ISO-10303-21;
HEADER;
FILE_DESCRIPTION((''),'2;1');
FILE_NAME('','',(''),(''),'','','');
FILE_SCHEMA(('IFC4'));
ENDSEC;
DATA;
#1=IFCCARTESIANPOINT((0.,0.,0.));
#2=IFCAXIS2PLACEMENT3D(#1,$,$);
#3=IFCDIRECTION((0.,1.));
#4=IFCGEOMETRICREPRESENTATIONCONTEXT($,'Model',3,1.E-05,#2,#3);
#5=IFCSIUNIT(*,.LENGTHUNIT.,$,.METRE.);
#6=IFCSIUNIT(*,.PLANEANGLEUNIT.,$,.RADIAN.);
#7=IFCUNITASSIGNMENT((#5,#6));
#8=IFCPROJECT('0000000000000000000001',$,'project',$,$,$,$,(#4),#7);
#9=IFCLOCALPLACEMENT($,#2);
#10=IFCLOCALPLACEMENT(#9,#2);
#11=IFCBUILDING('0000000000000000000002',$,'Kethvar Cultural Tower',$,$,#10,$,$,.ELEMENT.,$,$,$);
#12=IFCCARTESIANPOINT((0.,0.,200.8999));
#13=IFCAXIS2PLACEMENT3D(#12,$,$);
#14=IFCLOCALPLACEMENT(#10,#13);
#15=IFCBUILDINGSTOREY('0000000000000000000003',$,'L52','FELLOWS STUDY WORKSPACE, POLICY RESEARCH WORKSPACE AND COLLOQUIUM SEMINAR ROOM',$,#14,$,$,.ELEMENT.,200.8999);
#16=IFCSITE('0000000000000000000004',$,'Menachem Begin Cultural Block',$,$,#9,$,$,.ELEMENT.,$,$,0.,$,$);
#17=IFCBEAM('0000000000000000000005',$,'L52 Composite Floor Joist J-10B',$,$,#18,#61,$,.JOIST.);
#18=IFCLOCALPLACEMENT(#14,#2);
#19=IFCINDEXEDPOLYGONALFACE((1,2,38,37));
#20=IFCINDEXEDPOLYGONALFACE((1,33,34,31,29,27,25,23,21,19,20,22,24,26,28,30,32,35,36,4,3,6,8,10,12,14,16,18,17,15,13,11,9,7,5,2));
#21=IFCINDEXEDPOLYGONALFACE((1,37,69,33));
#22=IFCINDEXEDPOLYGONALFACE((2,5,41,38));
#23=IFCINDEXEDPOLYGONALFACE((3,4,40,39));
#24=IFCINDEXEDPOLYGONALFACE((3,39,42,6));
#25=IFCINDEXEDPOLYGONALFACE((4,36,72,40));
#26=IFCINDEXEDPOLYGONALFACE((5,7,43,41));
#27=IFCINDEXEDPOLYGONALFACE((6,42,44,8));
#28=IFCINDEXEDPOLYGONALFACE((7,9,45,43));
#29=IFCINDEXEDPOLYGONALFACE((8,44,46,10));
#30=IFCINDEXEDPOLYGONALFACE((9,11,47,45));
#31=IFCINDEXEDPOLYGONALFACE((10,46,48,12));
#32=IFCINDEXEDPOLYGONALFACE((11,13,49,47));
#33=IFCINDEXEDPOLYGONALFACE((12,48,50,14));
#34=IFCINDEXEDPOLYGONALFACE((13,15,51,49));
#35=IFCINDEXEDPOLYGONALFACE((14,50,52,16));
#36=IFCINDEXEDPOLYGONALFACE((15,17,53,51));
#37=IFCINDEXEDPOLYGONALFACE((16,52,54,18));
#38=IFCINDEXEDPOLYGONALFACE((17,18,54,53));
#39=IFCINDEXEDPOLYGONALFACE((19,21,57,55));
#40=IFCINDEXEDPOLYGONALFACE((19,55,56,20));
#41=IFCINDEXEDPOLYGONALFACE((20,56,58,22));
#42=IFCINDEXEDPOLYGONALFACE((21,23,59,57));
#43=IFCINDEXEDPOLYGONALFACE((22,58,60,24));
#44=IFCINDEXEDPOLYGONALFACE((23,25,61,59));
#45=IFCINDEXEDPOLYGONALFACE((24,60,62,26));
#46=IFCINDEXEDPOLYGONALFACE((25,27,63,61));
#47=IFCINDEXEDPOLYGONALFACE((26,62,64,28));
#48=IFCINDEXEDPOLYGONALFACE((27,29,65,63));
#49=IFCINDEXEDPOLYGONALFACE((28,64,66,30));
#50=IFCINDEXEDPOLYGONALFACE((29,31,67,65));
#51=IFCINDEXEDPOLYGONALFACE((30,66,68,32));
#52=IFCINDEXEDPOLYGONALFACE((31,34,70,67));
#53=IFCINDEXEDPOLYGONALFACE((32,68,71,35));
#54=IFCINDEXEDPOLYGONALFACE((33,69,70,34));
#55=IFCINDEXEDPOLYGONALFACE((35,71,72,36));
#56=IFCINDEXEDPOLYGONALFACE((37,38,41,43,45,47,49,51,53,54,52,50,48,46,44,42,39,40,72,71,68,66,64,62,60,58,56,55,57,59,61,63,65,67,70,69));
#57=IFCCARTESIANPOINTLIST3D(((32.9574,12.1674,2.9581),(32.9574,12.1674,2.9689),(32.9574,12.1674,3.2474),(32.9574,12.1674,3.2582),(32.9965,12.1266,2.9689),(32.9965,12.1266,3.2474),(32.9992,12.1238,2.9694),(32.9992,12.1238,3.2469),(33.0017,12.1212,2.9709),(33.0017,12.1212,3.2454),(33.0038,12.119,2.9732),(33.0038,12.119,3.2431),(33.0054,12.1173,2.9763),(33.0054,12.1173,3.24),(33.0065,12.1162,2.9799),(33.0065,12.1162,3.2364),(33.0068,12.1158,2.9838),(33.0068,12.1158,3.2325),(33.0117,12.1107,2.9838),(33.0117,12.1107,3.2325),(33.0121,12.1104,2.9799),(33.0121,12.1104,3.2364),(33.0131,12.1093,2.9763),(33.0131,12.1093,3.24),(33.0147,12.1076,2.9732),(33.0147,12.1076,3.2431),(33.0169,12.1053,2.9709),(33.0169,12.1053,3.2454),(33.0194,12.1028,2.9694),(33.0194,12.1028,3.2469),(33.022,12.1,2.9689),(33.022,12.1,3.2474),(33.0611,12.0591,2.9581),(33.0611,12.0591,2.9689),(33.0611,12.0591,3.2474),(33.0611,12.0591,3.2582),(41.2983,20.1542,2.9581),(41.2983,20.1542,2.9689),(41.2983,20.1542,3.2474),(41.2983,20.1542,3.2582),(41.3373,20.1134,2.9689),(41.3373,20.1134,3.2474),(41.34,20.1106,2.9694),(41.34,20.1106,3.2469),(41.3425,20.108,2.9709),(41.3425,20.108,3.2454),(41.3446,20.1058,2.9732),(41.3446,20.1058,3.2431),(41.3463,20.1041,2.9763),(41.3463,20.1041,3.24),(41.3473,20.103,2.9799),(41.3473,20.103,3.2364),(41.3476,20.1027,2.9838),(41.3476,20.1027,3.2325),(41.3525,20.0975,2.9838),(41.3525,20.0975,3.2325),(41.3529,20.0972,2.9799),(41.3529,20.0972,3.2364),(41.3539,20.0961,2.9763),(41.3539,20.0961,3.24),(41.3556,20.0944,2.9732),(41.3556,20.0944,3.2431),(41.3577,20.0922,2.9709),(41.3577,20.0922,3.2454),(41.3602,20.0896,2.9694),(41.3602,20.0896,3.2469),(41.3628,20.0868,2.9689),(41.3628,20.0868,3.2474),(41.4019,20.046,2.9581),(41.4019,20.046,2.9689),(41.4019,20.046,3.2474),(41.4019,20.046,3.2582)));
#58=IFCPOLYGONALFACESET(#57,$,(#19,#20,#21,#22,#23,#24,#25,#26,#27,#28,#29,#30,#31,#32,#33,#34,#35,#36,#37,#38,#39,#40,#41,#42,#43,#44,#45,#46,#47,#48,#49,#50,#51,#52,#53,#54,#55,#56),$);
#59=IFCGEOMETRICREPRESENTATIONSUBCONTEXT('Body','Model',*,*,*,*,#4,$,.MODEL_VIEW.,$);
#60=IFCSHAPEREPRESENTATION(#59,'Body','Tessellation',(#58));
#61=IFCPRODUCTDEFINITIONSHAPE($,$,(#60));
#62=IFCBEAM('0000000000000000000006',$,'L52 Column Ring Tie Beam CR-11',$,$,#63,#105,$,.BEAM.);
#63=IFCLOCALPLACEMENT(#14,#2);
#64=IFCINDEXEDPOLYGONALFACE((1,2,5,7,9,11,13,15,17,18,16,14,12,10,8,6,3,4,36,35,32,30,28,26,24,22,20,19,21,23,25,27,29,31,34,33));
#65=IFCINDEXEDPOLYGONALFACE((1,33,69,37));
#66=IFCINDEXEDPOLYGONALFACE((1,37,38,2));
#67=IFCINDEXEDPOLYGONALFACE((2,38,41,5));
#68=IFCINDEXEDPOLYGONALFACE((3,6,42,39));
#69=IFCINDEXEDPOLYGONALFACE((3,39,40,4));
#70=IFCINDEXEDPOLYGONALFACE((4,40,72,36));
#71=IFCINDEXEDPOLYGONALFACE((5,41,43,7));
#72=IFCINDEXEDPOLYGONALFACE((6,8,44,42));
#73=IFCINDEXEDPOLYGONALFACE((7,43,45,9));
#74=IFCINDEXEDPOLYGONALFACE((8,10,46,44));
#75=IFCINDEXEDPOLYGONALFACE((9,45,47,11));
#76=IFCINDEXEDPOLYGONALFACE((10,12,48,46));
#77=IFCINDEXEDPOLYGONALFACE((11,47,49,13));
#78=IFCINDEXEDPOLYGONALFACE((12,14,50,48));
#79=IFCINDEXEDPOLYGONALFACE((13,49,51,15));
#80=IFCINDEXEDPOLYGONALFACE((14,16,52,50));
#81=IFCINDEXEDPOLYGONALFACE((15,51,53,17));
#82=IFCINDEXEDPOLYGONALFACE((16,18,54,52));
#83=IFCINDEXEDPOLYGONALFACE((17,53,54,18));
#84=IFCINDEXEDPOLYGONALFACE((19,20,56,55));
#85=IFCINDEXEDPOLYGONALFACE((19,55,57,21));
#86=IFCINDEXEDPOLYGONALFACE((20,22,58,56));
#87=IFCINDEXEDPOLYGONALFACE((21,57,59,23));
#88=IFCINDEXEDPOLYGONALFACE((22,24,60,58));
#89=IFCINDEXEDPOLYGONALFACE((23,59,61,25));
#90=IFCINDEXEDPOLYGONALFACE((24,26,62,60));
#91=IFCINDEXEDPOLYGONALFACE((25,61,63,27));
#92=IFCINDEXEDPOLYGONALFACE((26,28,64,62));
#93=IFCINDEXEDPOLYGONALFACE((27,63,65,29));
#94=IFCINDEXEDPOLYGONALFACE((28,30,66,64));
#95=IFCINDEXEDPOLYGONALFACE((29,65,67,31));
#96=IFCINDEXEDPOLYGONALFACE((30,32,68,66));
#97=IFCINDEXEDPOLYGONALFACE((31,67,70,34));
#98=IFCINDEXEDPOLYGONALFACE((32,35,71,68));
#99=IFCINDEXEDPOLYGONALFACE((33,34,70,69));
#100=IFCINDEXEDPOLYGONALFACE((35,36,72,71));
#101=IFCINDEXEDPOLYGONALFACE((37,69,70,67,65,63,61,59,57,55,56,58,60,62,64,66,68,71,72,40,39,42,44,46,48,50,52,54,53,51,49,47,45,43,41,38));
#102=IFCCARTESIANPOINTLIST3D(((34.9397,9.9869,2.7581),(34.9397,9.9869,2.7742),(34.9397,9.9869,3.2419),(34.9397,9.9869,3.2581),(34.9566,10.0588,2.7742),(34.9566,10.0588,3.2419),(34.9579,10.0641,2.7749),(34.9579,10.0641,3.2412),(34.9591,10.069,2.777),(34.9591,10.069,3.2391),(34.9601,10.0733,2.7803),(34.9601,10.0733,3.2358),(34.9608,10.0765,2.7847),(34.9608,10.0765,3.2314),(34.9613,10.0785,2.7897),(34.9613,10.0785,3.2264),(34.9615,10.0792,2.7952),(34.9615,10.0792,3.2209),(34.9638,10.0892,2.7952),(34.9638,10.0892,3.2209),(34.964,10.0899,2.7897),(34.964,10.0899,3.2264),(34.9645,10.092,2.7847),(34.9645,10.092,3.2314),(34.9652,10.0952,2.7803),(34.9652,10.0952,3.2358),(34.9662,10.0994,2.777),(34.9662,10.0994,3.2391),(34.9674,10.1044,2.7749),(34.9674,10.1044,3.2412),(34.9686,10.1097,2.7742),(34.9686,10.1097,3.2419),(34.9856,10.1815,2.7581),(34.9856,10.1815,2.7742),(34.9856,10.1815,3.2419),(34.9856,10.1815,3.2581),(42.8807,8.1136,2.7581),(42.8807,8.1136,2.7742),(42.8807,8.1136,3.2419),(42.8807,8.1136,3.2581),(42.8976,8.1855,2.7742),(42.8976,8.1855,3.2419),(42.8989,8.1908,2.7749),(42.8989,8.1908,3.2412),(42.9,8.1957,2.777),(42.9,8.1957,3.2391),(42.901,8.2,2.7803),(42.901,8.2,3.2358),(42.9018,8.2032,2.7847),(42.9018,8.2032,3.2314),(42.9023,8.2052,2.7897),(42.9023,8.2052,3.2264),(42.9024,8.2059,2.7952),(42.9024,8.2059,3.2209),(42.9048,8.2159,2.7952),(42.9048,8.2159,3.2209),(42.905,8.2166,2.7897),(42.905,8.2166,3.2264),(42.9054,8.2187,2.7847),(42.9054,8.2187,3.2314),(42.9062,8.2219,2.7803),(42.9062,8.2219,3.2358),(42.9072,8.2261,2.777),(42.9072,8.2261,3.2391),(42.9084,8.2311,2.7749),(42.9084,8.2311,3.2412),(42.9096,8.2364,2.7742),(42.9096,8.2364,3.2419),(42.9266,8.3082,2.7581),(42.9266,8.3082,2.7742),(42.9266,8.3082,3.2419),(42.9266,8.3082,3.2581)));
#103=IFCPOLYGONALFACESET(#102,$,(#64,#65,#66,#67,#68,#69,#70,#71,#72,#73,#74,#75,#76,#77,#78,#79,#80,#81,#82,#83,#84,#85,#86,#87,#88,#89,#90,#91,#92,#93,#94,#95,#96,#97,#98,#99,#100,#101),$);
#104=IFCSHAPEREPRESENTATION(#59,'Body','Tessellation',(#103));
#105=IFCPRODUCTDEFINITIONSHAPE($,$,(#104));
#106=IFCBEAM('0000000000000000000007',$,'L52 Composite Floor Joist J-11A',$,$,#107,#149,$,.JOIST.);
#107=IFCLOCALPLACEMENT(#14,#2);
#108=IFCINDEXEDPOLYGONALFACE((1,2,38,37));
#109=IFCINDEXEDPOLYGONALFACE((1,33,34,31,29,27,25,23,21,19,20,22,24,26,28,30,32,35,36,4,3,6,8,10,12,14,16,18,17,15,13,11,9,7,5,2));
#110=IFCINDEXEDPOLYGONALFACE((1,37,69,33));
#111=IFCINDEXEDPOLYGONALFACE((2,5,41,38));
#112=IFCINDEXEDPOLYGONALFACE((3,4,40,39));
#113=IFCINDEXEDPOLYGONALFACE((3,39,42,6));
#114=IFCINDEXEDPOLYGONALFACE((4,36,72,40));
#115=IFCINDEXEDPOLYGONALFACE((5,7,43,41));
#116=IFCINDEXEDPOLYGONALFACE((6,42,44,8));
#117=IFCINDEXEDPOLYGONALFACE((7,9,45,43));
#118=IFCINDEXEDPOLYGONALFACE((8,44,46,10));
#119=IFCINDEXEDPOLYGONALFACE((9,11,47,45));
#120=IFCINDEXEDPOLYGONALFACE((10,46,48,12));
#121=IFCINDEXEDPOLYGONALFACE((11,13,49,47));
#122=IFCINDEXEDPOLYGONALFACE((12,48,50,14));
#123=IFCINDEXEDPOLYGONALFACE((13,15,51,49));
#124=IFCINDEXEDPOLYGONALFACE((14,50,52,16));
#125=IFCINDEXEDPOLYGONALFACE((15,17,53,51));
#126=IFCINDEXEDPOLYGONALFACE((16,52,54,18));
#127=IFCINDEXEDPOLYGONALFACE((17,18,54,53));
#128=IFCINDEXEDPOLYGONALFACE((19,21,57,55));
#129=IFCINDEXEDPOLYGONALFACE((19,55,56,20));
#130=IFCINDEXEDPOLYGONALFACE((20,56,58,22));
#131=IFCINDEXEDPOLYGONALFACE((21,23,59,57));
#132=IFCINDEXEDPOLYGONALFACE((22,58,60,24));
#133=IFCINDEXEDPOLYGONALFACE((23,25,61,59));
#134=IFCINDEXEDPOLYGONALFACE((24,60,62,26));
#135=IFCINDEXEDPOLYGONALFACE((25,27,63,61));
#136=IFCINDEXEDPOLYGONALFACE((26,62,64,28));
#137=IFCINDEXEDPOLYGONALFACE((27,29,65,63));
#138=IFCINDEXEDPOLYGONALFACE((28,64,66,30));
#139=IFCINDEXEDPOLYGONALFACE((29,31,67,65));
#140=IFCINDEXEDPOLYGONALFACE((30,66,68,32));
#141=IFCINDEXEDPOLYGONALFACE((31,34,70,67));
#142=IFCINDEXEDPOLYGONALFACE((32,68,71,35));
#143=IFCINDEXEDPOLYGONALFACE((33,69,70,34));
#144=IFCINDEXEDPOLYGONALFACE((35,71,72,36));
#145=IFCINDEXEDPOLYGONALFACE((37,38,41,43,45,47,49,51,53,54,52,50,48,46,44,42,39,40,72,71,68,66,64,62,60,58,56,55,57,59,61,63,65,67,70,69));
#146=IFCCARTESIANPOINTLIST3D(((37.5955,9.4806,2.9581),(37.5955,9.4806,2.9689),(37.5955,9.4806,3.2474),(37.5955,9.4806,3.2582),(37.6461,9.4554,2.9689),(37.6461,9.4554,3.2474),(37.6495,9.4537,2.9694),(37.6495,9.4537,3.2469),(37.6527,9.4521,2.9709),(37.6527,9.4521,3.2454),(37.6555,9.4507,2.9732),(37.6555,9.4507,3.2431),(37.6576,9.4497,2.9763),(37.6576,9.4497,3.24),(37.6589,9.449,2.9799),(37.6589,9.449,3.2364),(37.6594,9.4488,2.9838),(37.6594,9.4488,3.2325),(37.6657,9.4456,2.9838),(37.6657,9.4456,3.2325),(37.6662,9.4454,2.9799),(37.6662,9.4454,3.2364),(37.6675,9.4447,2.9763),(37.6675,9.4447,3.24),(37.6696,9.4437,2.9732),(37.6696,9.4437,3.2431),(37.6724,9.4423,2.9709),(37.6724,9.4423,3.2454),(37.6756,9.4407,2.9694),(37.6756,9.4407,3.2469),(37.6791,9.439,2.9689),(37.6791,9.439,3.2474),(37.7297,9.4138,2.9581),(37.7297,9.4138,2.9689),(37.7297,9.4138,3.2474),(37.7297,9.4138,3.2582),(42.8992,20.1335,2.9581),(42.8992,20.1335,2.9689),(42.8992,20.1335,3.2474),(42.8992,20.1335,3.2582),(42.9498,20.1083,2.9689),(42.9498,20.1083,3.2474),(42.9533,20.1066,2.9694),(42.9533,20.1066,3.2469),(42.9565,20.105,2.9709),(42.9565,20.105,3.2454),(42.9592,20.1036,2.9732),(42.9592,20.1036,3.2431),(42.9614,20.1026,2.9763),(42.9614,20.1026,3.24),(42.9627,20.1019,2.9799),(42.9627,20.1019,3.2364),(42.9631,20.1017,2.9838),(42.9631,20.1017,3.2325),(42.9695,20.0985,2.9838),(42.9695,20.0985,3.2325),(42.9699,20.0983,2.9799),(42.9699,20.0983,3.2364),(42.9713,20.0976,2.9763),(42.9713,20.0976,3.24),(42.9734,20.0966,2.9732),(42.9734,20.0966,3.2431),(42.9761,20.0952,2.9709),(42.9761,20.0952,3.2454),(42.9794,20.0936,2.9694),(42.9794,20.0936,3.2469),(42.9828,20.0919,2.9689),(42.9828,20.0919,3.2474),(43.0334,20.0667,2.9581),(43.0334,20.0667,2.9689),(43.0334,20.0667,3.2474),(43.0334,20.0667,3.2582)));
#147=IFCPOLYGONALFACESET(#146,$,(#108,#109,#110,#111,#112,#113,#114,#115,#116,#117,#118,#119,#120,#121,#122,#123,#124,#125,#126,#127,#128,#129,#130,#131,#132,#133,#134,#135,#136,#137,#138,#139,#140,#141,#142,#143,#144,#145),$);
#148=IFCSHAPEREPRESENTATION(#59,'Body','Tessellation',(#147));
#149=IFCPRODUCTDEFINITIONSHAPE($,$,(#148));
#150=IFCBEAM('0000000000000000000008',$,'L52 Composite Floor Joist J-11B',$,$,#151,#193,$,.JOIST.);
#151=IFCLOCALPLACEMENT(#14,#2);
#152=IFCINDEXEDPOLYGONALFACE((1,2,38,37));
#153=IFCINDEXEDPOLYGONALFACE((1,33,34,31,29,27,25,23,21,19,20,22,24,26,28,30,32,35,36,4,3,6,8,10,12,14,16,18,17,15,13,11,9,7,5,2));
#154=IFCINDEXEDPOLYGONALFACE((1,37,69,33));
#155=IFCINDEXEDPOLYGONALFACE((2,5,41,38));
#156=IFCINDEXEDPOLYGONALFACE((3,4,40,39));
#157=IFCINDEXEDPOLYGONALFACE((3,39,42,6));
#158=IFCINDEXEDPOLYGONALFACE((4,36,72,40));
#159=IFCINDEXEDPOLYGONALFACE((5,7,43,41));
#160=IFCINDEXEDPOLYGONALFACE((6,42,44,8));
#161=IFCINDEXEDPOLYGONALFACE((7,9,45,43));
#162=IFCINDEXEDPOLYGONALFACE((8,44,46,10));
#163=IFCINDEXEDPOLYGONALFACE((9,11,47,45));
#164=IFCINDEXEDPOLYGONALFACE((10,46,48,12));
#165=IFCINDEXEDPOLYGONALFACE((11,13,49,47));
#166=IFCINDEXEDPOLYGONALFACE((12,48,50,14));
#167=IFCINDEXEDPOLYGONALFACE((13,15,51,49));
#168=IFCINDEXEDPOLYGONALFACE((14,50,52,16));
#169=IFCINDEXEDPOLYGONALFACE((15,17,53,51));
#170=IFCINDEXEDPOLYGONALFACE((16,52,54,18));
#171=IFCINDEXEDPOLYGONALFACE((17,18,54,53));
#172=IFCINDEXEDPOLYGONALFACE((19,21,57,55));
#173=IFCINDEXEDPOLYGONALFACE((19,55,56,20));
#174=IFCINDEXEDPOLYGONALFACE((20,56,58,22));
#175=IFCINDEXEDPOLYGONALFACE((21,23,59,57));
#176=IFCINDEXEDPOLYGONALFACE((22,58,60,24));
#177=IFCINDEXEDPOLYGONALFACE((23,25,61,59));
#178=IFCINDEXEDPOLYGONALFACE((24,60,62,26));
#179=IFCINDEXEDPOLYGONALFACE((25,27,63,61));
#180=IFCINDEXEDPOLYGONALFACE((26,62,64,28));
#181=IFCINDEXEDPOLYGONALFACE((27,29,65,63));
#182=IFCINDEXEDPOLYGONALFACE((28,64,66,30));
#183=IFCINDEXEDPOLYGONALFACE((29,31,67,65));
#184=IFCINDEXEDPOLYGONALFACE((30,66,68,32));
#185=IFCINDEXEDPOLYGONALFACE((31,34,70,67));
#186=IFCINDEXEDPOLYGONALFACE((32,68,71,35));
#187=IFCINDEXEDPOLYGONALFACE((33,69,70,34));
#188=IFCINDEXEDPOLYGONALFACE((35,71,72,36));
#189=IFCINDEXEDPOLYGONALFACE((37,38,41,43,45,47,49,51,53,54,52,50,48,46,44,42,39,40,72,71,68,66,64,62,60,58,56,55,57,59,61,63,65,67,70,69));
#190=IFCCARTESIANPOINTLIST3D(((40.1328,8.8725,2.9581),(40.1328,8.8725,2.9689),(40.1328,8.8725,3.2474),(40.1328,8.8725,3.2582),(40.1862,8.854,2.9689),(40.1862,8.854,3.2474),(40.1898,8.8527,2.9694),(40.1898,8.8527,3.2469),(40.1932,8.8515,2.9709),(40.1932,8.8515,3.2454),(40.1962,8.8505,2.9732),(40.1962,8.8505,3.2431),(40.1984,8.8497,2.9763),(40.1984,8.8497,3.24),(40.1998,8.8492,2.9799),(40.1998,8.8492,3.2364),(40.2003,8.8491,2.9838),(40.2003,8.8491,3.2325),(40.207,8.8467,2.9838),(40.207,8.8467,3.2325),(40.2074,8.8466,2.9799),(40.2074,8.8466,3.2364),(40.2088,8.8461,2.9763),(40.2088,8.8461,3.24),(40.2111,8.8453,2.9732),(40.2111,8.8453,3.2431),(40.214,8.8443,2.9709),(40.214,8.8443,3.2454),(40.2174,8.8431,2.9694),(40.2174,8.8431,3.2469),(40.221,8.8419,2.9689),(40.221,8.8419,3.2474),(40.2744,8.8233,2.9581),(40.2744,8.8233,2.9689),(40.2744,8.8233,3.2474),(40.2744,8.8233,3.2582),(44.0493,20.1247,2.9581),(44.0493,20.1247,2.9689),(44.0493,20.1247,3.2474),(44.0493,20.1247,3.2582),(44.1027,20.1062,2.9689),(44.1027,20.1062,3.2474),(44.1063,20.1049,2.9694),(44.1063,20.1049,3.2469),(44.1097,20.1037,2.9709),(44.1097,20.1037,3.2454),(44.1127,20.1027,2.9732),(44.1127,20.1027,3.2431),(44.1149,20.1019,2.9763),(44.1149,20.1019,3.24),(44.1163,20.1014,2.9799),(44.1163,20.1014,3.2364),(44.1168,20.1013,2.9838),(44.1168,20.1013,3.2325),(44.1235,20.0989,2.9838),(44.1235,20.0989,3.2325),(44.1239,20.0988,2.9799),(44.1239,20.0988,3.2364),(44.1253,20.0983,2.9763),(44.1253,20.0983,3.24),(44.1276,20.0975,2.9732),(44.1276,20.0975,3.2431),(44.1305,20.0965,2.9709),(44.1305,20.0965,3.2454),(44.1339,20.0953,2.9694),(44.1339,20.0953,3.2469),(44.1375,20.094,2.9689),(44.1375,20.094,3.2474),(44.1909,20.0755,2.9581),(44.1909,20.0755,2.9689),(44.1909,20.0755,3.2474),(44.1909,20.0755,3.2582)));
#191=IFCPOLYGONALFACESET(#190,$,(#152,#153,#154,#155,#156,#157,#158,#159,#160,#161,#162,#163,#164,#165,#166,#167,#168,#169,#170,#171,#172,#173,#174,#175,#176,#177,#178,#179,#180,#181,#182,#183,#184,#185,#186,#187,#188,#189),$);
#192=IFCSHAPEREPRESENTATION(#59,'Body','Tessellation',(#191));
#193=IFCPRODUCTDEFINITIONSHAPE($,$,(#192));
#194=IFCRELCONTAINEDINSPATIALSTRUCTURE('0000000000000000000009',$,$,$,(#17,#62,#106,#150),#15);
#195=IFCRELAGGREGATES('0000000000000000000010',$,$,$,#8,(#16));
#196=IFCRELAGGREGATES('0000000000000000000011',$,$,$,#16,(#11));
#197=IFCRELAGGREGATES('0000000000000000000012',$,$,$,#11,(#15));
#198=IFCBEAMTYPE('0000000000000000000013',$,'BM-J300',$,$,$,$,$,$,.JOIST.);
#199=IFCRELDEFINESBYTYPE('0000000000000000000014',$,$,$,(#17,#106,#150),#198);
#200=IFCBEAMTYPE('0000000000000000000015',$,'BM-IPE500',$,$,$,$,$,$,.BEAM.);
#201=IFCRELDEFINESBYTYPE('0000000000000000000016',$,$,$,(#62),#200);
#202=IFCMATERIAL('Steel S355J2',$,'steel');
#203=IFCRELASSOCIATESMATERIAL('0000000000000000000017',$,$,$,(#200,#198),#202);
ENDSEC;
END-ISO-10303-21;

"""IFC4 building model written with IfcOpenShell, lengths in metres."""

from ifc_helpers import new_model, si_unit, direction, frame, origin, origin_2d, place, context, subcontext, project, spatial, i_section, extrude, source, transform, mapped, material, material_profile, profile_set, type_object, element, save


model = new_model("IFC4")

# Units and contexts
model_context = context("Model", 3, precision=1e-05, world=origin(), true_north=direction((0.0, 1.0)))
body_context = subcontext(model_context, "Body", "Model", "MODEL_VIEW")
ifc_project = project(units=[si_unit("LENGTHUNIT", "METRE"), si_unit("PLANEANGLEUNIT", "RADIAN")], contexts=[model_context])

# Site, building, storey
site_placement = place(None, origin())
site = spatial("IfcSite", under=ifc_project, at=site_placement, Name="Menachem Begin Cultural Block", CompositionType="ELEMENT", RefElevation=0.0)
building_placement = place(site_placement, origin())
building = spatial("IfcBuilding", under=site, at=building_placement, Name="Kethvar Cultural Tower", CompositionType="ELEMENT")
storey_placement = place(building_placement, frame((0.0, 0.0, 200.8999)))
storey = spatial("IfcBuildingStorey", under=building, at=storey_placement, Name="L52", Description="FELLOWS STUDY WORKSPACE, POLICY RESEARCH WORKSPACE AND COLLOQUIUM SEMINAR ROOM", CompositionType="ELEMENT", Elevation=200.8999)

# Beams
ifc_material_1 = material(Name="Steel S355J2", Category="steel")
ifc_material_profile_1 = material_profile(ifc_material_1, i_section(OverallWidth=0.2, OverallDepth=0.5, WebThickness=0.0103, FlangeThickness=0.0161, FilletRadius=0.021, at=origin_2d()), Name="Steel S355J2 — IPE500")
ifc_profile_set_1 = profile_set([ifc_material_profile_1], Name="Steel S355J2 — IPE500")
beam_type_1 = type_object("IfcBeamType", Name="BM-IPE500", PredefinedType="BEAM", material=ifc_profile_set_1)
ifc_material_profile_2 = material_profile(ifc_material_1, i_section(OverallWidth=0.1499, OverallDepth=0.3, WebThickness=0.0071, FlangeThickness=0.0107, FilletRadius=0.0149, at=origin_2d()), Name="Steel S355J2 — IPE300")
ifc_profile_set_2 = profile_set([ifc_material_profile_2], Name="Steel S355J2 — IPE300")
beam_type_2 = type_object("IfcBeamType", Name="BM-J300", PredefinedType="JOIST", material=ifc_profile_set_2)
shared_shape_1 = source(origin(), body_context, "Body", "SweptSolid", [
    extrude(i_section(OverallWidth=0.1499, OverallDepth=0.3, WebThickness=0.0071, FlangeThickness=0.0107, FilletRadius=0.0149, at=origin_2d()), origin(), (0.0, 0.0, 1.0), 11.5481),
])
beam_1_placement = place(storey_placement, frame((41.3501, 20.1001, 3.1082), z_axis=(-0.722268, -0.691613, 0.0), x_axis=(0.691613, -0.722268, 0.0)))
element("IfcBeam", 1, at=beam_1_placement, inside=storey, type_object=beam_type_2, Name="L52 Composite Floor Joist J-10B", PredefinedType="JOIST", context=body_context, shape_type="MappedRepresentation", body=[
    mapped(shared_shape_1, transform((0.0, 0.0, 0.0), scale=1.0)),
])
shared_shape_2 = source(origin(), body_context, "Body", "SweptSolid", [
    extrude(i_section(OverallWidth=0.2, OverallDepth=0.5, WebThickness=0.0103, FlangeThickness=0.0161, FilletRadius=0.021, at=origin_2d()), origin(), (0.0, 0.0, 1.0), 8.1589),
])
beam_2_placement = place(storey_placement, frame((34.9626, 10.0842, 3.0081), z_axis=(0.973285, -0.229601, 0.0), x_axis=(0.229601, 0.973285, 0.0)))
element("IfcBeam", 2, at=beam_2_placement, inside=storey, type_object=beam_type_1, Name="L52 Column Ring Tie Beam CR-11", PredefinedType="BEAM", context=body_context, shape_type="MappedRepresentation", body=[
    mapped(shared_shape_2, transform((0.0, 0.0, 0.0), scale=1.0)),
])
shared_shape_3 = source(origin(), body_context, "Body", "SweptSolid", [
    extrude(i_section(OverallWidth=0.1499, OverallDepth=0.3, WebThickness=0.0071, FlangeThickness=0.0107, FilletRadius=0.0149, at=origin_2d()), origin(), (0.0, 0.0, 1.0), 11.9001),
])
beam_3_placement = place(storey_placement, frame((42.9663, 20.1001, 3.1082), z_axis=(-0.445687, -0.895189, 0.0), x_axis=(0.895189, -0.445687, 0.0)))
element("IfcBeam", 3, at=beam_3_placement, inside=storey, type_object=beam_type_2, Name="L52 Composite Floor Joist J-11A", PredefinedType="JOIST", context=body_context, shape_type="MappedRepresentation", body=[
    mapped(shared_shape_3, transform((0.0, 0.0, 0.0), scale=1.0)),
])
shared_shape_4 = source(origin(), body_context, "Body", "SweptSolid", [
    extrude(i_section(OverallWidth=0.1499, OverallDepth=0.3, WebThickness=0.0071, FlangeThickness=0.0107, FilletRadius=0.0149, at=origin_2d()), origin(), (0.0, 0.0, 1.0), 11.9143),
])
beam_4_placement = place(storey_placement, frame((44.1201, 20.1001, 3.1082), z_axis=(-0.328722, -0.944427, 0.0), x_axis=(0.944427, -0.328722, 0.0)))
element("IfcBeam", 4, at=beam_4_placement, inside=storey, type_object=beam_type_2, Name="L52 Composite Floor Joist J-11B", PredefinedType="JOIST", context=body_context, shape_type="MappedRepresentation", body=[
    mapped(shared_shape_4, transform((0.0, 0.0, 0.0), scale=1.0)),
])

save(model, "model.ifc")
